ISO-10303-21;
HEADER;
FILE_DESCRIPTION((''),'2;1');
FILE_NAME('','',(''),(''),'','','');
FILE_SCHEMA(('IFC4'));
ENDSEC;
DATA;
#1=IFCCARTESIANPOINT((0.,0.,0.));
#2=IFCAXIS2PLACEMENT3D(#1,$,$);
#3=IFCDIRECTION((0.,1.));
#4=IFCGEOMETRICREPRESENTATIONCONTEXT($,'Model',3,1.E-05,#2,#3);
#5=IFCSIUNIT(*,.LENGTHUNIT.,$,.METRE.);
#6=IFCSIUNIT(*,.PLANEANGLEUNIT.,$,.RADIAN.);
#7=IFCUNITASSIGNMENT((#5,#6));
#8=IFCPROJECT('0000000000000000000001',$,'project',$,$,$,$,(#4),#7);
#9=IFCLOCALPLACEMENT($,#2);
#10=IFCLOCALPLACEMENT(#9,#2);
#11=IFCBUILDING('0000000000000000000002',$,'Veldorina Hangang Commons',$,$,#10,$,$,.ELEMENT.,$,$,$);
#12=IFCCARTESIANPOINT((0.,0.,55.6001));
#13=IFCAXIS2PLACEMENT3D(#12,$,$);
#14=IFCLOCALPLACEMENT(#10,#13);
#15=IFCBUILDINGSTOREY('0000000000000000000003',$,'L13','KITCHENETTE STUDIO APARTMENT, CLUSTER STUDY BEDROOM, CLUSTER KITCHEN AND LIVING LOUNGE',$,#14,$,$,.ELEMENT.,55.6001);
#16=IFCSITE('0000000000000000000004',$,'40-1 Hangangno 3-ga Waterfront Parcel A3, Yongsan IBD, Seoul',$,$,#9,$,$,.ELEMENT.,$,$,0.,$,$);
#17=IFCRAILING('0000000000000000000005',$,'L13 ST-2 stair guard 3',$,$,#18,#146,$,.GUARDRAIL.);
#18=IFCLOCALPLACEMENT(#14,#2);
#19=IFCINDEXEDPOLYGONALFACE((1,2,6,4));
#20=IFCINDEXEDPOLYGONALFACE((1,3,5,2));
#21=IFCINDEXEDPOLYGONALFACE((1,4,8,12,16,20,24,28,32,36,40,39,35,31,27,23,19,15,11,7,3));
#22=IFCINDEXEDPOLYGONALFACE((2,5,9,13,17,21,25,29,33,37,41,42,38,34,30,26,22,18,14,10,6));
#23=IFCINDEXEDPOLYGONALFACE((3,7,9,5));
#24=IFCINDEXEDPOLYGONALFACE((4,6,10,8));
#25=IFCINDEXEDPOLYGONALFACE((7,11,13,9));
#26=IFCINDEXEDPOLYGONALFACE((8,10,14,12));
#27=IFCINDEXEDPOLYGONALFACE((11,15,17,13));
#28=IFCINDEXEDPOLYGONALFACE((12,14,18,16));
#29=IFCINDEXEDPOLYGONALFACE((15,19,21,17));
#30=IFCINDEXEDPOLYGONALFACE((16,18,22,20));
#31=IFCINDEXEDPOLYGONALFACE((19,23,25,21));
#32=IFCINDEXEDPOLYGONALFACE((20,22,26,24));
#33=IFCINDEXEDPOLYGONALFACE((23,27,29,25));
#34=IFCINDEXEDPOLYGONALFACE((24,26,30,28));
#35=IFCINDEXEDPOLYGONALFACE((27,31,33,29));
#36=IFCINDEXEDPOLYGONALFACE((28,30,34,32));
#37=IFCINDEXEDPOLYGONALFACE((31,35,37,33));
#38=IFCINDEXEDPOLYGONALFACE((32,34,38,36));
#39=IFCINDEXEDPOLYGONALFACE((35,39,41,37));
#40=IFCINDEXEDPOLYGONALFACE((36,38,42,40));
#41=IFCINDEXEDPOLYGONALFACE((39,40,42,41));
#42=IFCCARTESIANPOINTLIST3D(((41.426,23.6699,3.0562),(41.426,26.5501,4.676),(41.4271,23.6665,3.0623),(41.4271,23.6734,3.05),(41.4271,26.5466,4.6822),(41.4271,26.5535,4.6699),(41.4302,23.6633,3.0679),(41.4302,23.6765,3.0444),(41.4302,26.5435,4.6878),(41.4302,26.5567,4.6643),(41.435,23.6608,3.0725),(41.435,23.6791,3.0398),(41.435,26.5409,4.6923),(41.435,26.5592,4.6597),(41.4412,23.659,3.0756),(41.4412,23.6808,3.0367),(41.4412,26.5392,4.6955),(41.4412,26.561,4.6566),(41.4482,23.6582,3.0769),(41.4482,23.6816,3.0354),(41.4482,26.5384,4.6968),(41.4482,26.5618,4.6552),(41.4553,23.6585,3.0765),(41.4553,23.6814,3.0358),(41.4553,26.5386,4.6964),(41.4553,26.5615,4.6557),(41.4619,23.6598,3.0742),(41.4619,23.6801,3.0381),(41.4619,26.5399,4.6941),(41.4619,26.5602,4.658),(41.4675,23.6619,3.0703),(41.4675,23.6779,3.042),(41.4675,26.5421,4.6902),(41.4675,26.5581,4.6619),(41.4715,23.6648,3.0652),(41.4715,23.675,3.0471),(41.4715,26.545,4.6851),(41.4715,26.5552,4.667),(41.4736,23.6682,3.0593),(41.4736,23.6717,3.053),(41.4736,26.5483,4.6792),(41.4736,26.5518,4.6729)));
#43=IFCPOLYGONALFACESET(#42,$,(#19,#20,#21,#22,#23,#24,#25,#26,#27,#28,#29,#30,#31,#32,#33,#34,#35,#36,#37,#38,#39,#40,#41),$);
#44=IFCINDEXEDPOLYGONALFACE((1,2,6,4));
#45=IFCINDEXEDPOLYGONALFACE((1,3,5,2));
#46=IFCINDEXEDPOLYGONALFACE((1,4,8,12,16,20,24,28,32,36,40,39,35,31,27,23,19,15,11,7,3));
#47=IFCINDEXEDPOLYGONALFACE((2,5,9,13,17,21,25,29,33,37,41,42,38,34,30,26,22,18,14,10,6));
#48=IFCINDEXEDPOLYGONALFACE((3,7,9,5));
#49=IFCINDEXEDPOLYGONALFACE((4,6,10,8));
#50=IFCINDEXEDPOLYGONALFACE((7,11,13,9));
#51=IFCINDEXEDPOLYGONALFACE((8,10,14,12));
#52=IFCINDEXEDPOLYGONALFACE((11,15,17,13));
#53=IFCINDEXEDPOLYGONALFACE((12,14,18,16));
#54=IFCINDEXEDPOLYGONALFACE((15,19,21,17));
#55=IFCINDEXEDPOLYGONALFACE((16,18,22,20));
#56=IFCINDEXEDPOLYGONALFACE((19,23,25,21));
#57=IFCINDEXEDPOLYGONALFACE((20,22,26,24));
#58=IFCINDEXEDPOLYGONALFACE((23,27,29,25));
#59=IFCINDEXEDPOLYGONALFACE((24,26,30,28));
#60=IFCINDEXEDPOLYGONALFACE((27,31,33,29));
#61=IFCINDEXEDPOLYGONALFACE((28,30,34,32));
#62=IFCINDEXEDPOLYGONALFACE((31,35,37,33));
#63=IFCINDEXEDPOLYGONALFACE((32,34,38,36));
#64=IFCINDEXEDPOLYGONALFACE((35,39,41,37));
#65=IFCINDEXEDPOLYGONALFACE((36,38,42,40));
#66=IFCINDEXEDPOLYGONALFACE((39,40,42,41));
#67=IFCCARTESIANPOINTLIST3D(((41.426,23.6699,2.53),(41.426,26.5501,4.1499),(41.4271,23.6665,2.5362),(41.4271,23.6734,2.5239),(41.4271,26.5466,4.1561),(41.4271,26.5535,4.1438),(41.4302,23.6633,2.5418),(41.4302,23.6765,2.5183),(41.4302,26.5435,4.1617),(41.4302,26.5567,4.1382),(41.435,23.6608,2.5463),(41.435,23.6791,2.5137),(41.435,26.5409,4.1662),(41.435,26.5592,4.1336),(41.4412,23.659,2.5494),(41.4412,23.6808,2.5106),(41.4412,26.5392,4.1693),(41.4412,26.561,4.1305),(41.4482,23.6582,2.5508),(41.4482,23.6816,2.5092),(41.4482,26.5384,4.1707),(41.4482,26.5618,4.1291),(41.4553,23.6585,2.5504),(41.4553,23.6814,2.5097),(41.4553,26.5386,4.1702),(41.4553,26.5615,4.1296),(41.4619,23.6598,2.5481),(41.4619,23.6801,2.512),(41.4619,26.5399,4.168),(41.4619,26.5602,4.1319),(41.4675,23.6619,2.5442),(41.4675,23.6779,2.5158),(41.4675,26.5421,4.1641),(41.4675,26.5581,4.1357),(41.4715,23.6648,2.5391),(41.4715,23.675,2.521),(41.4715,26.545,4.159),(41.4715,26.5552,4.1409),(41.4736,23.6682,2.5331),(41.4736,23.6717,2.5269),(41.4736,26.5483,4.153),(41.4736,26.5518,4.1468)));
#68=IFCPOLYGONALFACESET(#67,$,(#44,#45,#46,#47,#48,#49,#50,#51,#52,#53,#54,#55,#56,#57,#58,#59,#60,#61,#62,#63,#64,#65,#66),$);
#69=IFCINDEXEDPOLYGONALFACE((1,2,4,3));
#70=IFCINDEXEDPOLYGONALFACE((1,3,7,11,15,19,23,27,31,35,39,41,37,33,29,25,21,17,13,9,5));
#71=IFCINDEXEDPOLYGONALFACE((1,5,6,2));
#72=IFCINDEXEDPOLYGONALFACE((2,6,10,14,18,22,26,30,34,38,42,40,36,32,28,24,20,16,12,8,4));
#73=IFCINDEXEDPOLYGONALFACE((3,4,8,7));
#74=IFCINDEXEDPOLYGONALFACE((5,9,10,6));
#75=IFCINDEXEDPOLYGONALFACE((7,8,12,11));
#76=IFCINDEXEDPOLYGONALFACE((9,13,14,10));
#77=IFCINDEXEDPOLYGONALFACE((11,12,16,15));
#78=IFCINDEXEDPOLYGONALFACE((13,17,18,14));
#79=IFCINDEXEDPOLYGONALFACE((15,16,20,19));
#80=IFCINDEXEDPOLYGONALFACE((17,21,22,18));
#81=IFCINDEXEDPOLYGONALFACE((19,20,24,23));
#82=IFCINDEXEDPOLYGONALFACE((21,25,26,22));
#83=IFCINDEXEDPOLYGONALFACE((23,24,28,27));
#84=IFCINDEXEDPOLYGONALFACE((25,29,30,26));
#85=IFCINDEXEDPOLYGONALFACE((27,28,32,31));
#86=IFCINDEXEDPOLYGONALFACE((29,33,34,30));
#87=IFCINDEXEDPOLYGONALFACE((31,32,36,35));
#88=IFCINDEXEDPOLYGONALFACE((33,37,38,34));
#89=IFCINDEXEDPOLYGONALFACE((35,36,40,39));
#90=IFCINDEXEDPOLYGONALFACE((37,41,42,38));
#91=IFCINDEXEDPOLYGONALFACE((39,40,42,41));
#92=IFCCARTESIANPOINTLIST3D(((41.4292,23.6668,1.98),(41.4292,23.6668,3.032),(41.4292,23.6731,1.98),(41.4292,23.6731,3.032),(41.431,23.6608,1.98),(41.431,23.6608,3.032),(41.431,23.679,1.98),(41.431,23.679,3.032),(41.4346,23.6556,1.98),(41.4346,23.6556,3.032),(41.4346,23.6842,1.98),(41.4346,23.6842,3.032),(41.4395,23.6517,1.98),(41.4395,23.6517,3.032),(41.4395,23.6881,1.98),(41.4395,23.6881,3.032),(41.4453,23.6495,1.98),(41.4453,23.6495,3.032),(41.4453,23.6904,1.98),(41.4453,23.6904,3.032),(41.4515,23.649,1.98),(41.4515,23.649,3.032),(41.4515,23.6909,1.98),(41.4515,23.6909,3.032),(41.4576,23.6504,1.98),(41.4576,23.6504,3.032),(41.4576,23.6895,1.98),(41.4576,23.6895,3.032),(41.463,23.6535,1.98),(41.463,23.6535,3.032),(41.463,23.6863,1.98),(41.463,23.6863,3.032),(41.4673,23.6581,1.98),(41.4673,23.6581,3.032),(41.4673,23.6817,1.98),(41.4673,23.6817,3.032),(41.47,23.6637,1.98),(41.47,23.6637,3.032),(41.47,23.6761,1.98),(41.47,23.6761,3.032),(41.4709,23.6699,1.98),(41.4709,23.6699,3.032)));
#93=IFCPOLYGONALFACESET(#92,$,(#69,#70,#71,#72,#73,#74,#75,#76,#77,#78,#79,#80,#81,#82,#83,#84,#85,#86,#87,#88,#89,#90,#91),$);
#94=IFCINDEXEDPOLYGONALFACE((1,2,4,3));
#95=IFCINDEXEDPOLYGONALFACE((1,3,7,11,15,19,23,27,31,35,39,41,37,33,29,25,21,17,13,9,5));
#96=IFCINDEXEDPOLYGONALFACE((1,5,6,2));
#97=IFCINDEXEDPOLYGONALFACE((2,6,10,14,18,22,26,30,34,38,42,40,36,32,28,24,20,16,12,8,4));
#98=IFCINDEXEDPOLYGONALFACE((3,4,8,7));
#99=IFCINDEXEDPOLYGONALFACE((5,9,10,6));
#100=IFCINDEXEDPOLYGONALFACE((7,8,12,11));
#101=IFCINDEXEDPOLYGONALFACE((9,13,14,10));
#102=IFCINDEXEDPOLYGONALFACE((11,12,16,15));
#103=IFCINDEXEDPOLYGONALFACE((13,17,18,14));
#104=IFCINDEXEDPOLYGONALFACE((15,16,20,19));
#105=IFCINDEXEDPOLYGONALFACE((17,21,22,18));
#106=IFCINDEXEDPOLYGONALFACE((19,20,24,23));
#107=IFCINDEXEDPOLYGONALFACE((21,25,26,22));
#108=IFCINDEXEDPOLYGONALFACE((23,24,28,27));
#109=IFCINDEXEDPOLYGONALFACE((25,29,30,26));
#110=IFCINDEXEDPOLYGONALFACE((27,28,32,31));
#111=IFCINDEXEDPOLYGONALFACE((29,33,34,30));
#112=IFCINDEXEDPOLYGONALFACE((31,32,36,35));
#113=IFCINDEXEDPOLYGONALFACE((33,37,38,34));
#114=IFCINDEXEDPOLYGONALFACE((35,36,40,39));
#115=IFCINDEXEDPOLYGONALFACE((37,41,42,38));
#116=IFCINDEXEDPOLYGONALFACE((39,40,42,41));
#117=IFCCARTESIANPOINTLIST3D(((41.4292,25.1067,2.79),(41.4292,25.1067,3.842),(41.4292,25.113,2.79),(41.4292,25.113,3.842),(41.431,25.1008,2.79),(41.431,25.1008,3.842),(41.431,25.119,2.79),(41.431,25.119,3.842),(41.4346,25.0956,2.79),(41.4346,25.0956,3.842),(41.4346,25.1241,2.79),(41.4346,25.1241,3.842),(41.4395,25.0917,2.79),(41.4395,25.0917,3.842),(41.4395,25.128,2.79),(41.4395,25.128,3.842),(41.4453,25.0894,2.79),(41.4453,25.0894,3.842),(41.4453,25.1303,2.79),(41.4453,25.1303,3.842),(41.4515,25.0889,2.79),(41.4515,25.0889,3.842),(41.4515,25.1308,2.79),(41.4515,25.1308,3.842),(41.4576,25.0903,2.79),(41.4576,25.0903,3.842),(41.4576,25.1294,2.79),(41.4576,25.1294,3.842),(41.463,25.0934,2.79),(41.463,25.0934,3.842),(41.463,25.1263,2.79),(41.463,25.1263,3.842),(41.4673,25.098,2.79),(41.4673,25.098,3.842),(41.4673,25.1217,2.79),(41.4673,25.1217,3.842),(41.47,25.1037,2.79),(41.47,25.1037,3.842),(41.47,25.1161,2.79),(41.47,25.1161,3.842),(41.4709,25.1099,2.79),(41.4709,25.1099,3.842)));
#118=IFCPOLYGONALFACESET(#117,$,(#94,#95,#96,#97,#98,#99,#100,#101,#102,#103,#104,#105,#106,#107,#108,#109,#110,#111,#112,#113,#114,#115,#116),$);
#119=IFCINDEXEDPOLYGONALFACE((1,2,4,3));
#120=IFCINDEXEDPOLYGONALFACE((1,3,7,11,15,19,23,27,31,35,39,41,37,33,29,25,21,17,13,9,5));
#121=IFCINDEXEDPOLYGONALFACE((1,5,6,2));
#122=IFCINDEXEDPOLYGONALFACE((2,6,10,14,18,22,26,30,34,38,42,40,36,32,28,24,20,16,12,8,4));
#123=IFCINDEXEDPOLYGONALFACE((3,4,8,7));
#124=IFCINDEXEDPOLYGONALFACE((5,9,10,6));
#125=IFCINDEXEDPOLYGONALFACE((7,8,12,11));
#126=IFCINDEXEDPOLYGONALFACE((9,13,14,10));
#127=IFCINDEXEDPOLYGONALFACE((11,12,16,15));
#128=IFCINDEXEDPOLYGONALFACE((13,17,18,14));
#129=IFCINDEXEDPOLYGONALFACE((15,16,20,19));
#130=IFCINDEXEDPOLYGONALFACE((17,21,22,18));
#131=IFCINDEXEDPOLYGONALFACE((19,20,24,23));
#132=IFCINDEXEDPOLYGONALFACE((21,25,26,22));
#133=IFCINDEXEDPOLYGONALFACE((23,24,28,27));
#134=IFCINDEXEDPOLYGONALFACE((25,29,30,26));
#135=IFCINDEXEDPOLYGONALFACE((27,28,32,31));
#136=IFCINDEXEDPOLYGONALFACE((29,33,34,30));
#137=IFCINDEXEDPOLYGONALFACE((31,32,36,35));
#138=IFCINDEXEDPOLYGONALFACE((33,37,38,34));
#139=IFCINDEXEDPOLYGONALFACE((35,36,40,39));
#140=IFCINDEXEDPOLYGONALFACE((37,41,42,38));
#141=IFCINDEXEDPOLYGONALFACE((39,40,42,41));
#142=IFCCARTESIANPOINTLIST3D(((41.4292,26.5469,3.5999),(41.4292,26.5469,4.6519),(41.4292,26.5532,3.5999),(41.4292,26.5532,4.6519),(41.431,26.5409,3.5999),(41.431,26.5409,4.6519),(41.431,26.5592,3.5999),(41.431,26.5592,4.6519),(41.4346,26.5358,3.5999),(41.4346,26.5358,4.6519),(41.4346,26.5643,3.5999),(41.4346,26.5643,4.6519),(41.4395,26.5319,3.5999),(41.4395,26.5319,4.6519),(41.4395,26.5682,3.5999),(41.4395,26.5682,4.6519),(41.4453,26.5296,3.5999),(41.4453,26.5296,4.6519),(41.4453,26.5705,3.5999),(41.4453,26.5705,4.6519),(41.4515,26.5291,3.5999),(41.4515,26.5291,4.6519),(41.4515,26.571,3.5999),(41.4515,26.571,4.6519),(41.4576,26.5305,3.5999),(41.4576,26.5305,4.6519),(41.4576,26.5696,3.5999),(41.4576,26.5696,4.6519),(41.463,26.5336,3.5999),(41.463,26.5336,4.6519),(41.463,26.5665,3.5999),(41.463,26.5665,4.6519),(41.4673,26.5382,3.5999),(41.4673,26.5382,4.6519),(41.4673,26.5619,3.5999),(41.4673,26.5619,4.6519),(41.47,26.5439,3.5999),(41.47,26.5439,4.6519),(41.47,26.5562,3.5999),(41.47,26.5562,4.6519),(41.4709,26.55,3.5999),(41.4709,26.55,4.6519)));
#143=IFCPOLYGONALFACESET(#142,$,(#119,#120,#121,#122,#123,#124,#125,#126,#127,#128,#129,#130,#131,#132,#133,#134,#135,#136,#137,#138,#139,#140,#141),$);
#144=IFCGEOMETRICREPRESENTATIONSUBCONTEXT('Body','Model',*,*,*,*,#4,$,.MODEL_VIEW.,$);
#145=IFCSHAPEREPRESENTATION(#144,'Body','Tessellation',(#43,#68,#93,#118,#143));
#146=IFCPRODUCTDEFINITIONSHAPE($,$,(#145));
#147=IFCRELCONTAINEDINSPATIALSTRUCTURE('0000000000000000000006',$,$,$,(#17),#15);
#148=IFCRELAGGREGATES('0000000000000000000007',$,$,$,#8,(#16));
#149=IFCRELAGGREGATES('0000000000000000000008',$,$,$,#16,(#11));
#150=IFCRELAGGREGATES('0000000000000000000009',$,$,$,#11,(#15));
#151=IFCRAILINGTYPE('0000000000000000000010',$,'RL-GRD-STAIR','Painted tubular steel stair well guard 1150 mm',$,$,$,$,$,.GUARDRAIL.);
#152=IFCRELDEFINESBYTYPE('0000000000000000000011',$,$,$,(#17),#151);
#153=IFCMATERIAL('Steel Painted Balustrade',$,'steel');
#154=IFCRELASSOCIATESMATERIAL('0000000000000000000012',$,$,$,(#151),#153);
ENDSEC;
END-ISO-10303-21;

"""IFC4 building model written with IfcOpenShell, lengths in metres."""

from ifc_helpers import new_model, si_unit, direction, frame, origin, origin_2d, place, context, subcontext, project, spatial, circle, extrude, material, type_object, element, save


model = new_model("IFC4")

# Units and contexts
model_context = context("Model", 3, precision=1e-05, world=origin(), true_north=direction((0.0, 1.0)))
body_context = subcontext(model_context, "Body", "Model", "MODEL_VIEW")
ifc_project = project(units=[si_unit("LENGTHUNIT", "METRE"), si_unit("PLANEANGLEUNIT", "RADIAN")], contexts=[model_context])

# Site, building, storey
site_placement = place(None, origin())
site = spatial("IfcSite", under=ifc_project, at=site_placement, Name="40-1 Hangangno 3-ga Waterfront Parcel A3, Yongsan IBD, Seoul", CompositionType="ELEMENT", RefElevation=0.0)
building_placement = place(site_placement, origin())
building = spatial("IfcBuilding", under=site, at=building_placement, Name="Veldorina Hangang Commons", CompositionType="ELEMENT")
storey_placement = place(building_placement, frame((0.0, 0.0, 55.6001)))
storey = spatial("IfcBuildingStorey", under=building, at=storey_placement, Name="L13", Description="KITCHENETTE STUDIO APARTMENT, CLUSTER STUDY BEDROOM, CLUSTER KITCHEN AND LIVING LOUNGE", CompositionType="ELEMENT", Elevation=55.6001)

# Railing
ifc_material_1 = material(Name="Steel Painted Balustrade", Category="steel")
railing_type_1 = type_object("IfcRailingType", Name="RL-GRD-STAIR", Description="Painted tubular steel stair well guard 1150 mm", PredefinedType="GUARDRAIL", material=ifc_material_1)
railing_1_placement = place(storey_placement, frame((41.45, 23.6699, 1.98)))
element("IfcRailing", 1, at=railing_1_placement, inside=storey, type_object=railing_type_1, Name="L13 ST-2 stair guard 3", PredefinedType="GUARDRAIL", context=body_context, shape_type="SweptSolid", body=[
    extrude(circle(Radius=0.0239, at=origin_2d()), frame((0.0, 0.0, 1.0762), z_axis=(0.0, 0.871601, 0.490216), x_axis=(-1.0, 0.0, 0.0)), (0.0, 0.0, 1.0), 3.3044),
    extrude(circle(Radius=0.0239, at=origin_2d()), frame((0.0, 0.0, 0.55), z_axis=(0.0, 0.871601, 0.490216), x_axis=(-1.0, 0.0, 0.0)), (0.0, 0.0, 1.0), 3.3044),
    extrude(circle(Radius=0.021, at=origin_2d()), origin(), (0.0, 0.0, 1.0), 1.052),
    extrude(circle(Radius=0.021, at=origin_2d()), frame((0.0, 1.4399, 0.8101)), (0.0, 0.0, 1.0), 1.052),
    extrude(circle(Radius=0.021, at=origin_2d()), frame((0.0, 2.8801, 1.6199)), (0.0, 0.0, 1.0), 1.052),
])

save(model, "model.ifc")
